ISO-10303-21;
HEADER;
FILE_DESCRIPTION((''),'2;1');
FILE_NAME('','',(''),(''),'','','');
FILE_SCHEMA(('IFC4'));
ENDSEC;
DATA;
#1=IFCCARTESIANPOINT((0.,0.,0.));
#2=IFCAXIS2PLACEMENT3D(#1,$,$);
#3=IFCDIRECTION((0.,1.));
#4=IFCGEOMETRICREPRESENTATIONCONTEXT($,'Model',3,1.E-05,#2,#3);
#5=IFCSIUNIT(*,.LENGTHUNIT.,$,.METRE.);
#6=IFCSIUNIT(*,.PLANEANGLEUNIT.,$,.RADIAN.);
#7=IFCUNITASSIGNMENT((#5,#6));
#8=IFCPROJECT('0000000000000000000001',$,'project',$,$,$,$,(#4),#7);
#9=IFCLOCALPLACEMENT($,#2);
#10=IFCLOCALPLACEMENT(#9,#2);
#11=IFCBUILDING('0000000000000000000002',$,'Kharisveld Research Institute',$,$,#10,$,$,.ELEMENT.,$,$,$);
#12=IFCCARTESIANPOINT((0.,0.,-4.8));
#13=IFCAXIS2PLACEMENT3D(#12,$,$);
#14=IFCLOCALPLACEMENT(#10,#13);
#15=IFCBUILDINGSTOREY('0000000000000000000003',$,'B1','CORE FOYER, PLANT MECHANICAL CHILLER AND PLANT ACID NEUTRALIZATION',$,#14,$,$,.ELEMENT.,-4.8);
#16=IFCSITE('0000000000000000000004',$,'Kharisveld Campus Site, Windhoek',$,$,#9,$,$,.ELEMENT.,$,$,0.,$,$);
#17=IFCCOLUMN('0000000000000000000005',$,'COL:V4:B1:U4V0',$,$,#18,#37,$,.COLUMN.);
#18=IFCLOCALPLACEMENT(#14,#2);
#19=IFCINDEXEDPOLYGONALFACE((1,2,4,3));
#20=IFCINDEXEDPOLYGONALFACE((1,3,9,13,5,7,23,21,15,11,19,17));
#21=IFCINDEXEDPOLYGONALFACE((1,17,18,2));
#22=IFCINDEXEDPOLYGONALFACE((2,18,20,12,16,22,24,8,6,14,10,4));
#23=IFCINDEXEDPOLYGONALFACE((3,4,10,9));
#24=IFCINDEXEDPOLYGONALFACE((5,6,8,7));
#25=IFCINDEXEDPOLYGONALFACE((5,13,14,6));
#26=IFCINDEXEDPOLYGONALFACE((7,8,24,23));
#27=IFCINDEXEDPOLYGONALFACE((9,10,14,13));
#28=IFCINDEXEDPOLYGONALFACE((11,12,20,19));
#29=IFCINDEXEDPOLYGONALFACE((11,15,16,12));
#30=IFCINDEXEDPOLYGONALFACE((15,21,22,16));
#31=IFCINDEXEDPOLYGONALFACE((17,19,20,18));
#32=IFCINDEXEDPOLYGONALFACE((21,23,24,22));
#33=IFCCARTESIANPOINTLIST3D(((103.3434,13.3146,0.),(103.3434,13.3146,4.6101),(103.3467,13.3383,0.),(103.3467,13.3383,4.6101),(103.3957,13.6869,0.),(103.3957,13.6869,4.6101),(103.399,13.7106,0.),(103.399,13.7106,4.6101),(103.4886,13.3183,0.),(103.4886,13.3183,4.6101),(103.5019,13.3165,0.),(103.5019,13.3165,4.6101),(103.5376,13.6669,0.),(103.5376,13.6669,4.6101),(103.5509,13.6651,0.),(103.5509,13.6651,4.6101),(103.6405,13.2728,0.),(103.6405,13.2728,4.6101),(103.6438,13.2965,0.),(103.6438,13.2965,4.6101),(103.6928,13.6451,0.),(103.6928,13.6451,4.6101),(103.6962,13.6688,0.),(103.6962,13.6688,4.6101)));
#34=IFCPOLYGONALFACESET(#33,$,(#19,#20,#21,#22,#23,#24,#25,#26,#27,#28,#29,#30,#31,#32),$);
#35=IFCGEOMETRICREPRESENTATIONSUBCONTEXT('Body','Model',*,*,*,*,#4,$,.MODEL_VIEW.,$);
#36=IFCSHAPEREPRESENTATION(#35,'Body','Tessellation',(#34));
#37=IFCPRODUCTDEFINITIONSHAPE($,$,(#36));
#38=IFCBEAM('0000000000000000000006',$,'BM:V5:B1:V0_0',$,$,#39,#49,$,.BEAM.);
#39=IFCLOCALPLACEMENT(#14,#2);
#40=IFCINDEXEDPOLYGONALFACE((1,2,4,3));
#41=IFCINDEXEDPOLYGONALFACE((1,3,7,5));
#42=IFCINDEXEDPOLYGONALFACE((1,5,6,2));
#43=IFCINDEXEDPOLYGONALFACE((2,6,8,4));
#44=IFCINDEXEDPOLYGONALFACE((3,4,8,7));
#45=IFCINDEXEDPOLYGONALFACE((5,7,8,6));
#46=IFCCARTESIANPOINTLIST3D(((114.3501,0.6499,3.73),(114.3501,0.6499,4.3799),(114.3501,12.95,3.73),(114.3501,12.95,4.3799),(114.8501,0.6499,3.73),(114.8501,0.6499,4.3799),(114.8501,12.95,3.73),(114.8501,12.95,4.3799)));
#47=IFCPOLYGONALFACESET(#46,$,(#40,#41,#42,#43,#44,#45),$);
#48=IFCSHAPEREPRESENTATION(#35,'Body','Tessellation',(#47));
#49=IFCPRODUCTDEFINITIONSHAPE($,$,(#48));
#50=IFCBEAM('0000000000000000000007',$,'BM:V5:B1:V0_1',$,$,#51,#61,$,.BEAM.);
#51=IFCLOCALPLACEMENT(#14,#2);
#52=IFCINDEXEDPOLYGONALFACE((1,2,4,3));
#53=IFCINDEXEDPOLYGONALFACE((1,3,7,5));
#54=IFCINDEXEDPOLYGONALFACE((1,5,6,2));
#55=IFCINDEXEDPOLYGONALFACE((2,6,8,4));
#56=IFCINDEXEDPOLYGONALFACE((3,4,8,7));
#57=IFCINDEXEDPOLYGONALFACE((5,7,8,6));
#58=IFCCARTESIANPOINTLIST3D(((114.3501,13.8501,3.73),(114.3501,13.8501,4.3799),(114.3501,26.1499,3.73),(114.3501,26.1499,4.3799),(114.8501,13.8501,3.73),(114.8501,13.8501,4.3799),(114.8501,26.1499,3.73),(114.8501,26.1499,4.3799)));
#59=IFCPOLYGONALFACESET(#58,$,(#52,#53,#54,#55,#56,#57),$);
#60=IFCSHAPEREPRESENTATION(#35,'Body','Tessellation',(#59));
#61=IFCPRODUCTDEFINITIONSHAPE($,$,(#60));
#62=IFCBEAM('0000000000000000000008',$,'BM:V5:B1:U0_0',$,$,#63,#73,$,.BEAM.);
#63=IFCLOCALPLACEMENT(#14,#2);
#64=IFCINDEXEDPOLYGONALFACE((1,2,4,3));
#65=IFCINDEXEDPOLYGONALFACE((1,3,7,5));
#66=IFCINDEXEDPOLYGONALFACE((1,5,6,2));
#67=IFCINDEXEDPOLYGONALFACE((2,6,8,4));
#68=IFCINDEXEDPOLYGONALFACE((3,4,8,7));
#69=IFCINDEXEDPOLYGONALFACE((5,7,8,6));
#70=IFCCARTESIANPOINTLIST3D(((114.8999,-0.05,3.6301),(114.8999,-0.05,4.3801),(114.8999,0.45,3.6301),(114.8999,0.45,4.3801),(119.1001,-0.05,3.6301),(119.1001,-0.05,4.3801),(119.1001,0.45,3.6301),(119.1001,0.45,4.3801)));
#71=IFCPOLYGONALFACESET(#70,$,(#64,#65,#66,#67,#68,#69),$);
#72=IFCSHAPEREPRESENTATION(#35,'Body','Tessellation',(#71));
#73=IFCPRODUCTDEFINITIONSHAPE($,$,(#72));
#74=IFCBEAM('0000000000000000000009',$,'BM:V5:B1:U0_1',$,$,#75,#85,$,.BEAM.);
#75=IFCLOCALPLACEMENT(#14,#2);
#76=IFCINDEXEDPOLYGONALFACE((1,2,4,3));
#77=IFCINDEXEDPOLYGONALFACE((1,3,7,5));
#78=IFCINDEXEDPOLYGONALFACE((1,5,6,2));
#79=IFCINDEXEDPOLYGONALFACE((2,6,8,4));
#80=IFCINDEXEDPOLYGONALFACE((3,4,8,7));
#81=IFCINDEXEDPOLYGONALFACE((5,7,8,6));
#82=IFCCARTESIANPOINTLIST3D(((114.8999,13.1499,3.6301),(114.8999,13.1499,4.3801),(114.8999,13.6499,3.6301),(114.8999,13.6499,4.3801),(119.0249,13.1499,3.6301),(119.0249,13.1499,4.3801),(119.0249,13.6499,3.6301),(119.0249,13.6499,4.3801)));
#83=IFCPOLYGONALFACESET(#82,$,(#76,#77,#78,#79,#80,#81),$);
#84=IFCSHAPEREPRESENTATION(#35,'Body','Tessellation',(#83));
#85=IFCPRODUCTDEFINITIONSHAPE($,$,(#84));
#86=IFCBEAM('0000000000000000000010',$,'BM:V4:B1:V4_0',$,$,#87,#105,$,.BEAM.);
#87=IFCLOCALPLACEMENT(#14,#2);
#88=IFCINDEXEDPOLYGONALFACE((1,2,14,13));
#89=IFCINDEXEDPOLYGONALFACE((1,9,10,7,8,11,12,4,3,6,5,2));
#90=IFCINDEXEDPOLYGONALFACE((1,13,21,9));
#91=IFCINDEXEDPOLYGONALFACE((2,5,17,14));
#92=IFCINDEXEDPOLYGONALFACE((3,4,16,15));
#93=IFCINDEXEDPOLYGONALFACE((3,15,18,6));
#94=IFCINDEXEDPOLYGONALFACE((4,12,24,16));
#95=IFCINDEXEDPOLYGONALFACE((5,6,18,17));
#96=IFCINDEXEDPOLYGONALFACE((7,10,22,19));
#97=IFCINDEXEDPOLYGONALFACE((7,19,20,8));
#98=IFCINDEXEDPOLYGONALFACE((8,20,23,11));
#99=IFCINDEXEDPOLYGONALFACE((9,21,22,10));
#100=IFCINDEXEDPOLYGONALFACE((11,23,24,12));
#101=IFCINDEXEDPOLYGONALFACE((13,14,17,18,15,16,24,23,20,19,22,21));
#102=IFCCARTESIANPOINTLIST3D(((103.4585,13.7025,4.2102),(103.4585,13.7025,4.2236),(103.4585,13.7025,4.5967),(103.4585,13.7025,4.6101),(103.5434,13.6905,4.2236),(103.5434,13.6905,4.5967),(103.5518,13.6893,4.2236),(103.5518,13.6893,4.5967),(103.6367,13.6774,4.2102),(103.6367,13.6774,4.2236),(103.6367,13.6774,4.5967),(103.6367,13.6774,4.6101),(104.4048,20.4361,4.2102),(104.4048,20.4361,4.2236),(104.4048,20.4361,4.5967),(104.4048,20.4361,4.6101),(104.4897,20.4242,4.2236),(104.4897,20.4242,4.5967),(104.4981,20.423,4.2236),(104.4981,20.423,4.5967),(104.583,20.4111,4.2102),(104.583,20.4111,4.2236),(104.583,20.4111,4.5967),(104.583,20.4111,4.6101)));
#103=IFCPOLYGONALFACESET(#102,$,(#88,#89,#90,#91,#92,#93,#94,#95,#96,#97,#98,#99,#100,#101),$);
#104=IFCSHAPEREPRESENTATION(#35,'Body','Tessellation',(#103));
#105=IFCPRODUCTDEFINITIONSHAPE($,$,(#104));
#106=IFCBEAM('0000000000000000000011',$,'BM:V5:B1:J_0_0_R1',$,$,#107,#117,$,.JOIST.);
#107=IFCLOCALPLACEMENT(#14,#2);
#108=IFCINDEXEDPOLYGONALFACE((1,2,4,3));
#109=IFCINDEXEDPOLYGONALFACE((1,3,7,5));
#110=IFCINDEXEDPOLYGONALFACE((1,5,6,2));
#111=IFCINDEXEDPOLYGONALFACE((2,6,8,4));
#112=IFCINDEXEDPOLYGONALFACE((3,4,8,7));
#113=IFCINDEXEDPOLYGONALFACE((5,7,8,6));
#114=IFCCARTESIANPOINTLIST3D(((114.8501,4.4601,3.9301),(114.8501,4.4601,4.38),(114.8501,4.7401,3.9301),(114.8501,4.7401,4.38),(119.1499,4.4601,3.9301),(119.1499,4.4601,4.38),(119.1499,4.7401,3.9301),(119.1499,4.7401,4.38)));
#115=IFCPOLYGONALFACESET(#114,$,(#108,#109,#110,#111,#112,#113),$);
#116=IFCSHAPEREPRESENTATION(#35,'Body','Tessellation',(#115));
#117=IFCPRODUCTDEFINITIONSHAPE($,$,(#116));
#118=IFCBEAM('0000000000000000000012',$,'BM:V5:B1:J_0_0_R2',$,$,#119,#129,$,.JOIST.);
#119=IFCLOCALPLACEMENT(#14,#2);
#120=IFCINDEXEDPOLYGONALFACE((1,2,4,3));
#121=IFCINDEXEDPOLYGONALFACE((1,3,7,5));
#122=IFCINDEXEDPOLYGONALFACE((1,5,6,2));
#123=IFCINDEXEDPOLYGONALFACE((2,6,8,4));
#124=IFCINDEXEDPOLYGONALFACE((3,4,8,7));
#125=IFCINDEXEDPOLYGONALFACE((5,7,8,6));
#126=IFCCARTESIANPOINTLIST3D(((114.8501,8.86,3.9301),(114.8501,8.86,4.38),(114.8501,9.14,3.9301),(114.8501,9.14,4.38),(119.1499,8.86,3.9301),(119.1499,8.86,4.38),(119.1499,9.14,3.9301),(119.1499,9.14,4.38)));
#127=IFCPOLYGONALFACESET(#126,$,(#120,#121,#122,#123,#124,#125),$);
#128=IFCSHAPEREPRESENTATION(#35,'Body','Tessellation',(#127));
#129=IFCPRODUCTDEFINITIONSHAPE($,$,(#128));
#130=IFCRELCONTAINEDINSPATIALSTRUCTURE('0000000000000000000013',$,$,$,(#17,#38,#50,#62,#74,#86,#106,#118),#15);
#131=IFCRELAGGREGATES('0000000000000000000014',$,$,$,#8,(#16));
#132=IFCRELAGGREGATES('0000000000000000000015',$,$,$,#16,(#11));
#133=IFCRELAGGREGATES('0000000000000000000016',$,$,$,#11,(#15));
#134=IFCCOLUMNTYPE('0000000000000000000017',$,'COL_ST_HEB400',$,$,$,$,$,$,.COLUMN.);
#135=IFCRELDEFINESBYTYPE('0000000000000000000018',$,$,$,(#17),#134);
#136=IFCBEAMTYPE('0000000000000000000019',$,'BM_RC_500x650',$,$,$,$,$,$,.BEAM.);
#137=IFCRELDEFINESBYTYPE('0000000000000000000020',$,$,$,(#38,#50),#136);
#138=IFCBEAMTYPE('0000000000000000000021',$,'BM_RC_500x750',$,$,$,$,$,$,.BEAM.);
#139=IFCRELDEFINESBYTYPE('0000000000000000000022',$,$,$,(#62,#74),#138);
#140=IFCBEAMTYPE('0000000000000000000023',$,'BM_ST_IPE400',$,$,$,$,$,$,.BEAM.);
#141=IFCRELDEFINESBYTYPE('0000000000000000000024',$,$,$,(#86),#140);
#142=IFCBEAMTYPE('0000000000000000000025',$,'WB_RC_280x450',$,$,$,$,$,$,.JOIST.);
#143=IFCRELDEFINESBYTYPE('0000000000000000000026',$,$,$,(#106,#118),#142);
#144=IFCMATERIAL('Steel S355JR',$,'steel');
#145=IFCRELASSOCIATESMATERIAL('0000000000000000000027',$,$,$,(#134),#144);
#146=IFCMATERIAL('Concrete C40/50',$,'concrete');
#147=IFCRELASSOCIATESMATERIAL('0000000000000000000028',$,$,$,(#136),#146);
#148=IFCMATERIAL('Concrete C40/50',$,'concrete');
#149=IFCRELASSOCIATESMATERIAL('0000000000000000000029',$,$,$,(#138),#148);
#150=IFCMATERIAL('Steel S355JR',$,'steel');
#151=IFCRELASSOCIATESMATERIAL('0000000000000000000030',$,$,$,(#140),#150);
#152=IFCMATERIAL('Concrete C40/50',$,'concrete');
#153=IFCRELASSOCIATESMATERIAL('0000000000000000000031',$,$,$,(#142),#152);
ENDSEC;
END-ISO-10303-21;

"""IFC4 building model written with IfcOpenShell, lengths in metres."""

from ifc_helpers import new_model, si_unit, direction, frame, origin, origin_2d, place, context, subcontext, project, spatial, rectangle, i_section, extrude, material, material_profile, profile_set, type_object, element, save


model = new_model("IFC4")

# Units and contexts
model_context = context("Model", 3, precision=1e-05, world=origin(), true_north=direction((0.0, 1.0)))
body_context = subcontext(model_context, "Body", "Model", "MODEL_VIEW")
ifc_project = project(units=[si_unit("LENGTHUNIT", "METRE"), si_unit("PLANEANGLEUNIT", "RADIAN")], contexts=[model_context])

# Site, building, storey
site_placement = place(None, origin())
site = spatial("IfcSite", under=ifc_project, at=site_placement, Name="Kharisveld Campus Site, Windhoek", CompositionType="ELEMENT", RefElevation=0.0)
building_placement = place(site_placement, origin())
building = spatial("IfcBuilding", under=site, at=building_placement, Name="Kharisveld Research Institute", CompositionType="ELEMENT")
storey_placement = place(building_placement, frame((0.0, 0.0, -4.8)))
storey = spatial("IfcBuildingStorey", under=building, at=storey_placement, Name="B1", Description="CORE FOYER, PLANT MECHANICAL CHILLER AND PLANT ACID NEUTRALIZATION", CompositionType="ELEMENT", Elevation=-4.8)

# Column
ifc_material_1 = material(Name="Steel S355JR", Category="steel")
ifc_material_profile_1 = material_profile(ifc_material_1, i_section(OverallWidth=0.3, OverallDepth=0.3999, WebThickness=0.0134, FlangeThickness=0.0239, at=origin_2d()))
ifc_profile_set_1 = profile_set([ifc_material_profile_1], Name="Steel S355JR")
column_type_1 = type_object("IfcColumnType", Name="COL_ST_HEB400", PredefinedType="COLUMN", material=ifc_profile_set_1)
column_placement = place(storey_placement, frame((103.5198, 13.4917, 0.0), z_axis=(0.0, 0.0, 1.0), x_axis=(0.990268, -0.139173, 0.0)))
element("IfcColumn", 1, at=column_placement, inside=storey, type_object=column_type_1, Name="COL:V4:B1:U4V0", PredefinedType="COLUMN", context=body_context, shape_type="SweptSolid", body=[
    extrude(i_section(OverallWidth=0.3, OverallDepth=0.3999, WebThickness=0.0134, FlangeThickness=0.0239, at=origin_2d()), origin(), (0.0, 0.0, 1.0), 4.6101),
])

# Beams
ifc_material_2 = material(Name="Concrete C40/50", Category="concrete")
ifc_material_profile_2 = material_profile(ifc_material_2, rectangle(XDim=0.5, YDim=0.6499, at=origin_2d()))
ifc_profile_set_2 = profile_set([ifc_material_profile_2], Name="Concrete C40/50")
beam_type_1 = type_object("IfcBeamType", Name="BM_RC_500x650", PredefinedType="BEAM", material=ifc_profile_set_2)
beam_1_placement = place(storey_placement, frame((114.6001, 0.6499, 4.0549), z_axis=(0.0, 1.0, 0.0), x_axis=(-1.0, 0.0, 0.0)))
element("IfcBeam", 2, at=beam_1_placement, inside=storey, type_object=beam_type_1, Name="BM:V5:B1:V0_0", PredefinedType="BEAM", context=body_context, shape_type="SweptSolid", body=[
    extrude(rectangle(XDim=0.5, YDim=0.6499, at=origin_2d()), origin(), (0.0, 0.0, 1.0), 12.3),
])
beam_2_placement = place(storey_placement, frame((114.6001, 13.8501, 4.0549), z_axis=(0.0, 1.0, 0.0), x_axis=(-1.0, 0.0, 0.0)))
element("IfcBeam", 3, at=beam_2_placement, inside=storey, type_object=beam_type_1, Name="BM:V5:B1:V0_1", PredefinedType="BEAM", context=body_context, shape_type="SweptSolid", body=[
    extrude(rectangle(XDim=0.5, YDim=0.6499, at=origin_2d()), origin(), (0.0, 0.0, 1.0), 12.2998),
])
ifc_material_3 = material(Name="Concrete C40/50", Category="concrete")
ifc_material_profile_3 = material_profile(ifc_material_3, rectangle(XDim=0.5, YDim=0.75, at=origin_2d()))
ifc_profile_set_3 = profile_set([ifc_material_profile_3], Name="Concrete C40/50")
beam_type_2 = type_object("IfcBeamType", Name="BM_RC_500x750", PredefinedType="BEAM", material=ifc_profile_set_3)
beam_3_placement = place(storey_placement, frame((114.8999, 0.2, 4.0051), z_axis=(1.0, 0.0, 0.0), x_axis=(0.0, 1.0, 0.0)))
element("IfcBeam", 4, at=beam_3_placement, inside=storey, type_object=beam_type_2, Name="BM:V5:B1:U0_0", PredefinedType="BEAM", context=body_context, shape_type="SweptSolid", body=[
    extrude(rectangle(XDim=0.5, YDim=0.75, at=origin_2d()), origin(), (0.0, 0.0, 1.0), 4.2002),
])
beam_4_placement = place(storey_placement, frame((114.8999, 13.3999, 4.0051), z_axis=(1.0, 0.0, 0.0), x_axis=(0.0, 1.0, 0.0)))
element("IfcBeam", 5, at=beam_4_placement, inside=storey, type_object=beam_type_2, Name="BM:V5:B1:U0_1", PredefinedType="BEAM", context=body_context, shape_type="SweptSolid", body=[
    extrude(rectangle(XDim=0.5, YDim=0.75, at=origin_2d()), origin(), (0.0, 0.0, 1.0), 4.125),
])
ifc_material_4 = material(Name="Steel S355JR", Category="steel")
ifc_material_profile_4 = material_profile(ifc_material_4, i_section(OverallWidth=0.1799, OverallDepth=0.3999, WebThickness=0.0085, FlangeThickness=0.0134, at=origin_2d()))
ifc_profile_set_4 = profile_set([ifc_material_profile_4], Name="Steel S355JR")
beam_type_3 = type_object("IfcBeamType", Name="BM_ST_IPE400", PredefinedType="BEAM", material=ifc_profile_set_4)
beam_5_placement = place(storey_placement, frame((103.5476, 13.6899, 4.4102), z_axis=(0.139164, 0.990269, 0.0), x_axis=(-0.990269, 0.139164, 0.0)))
element("IfcBeam", 6, at=beam_5_placement, inside=storey, type_object=beam_type_3, Name="BM:V4:B1:V4_0", PredefinedType="BEAM", context=body_context, shape_type="SweptSolid", body=[
    extrude(i_section(OverallWidth=0.1799, OverallDepth=0.3999, WebThickness=0.0085, FlangeThickness=0.0134, at=origin_2d()), origin(), (0.0, 0.0, 1.0), 6.7998),
])
ifc_material_5 = material(Name="Concrete C40/50", Category="concrete")
ifc_material_profile_5 = material_profile(ifc_material_5, rectangle(XDim=0.28, YDim=0.45, at=origin_2d()))
ifc_profile_set_5 = profile_set([ifc_material_profile_5], Name="Concrete C40/50")
beam_type_4 = type_object("IfcBeamType", Name="WB_RC_280x450", PredefinedType="JOIST", material=ifc_profile_set_5)
for number, where, z_axis, x_axis, name in (
    (7, (114.8501, 4.6001, 4.155), (1.0, 0.0, 0.0), (0.0, 1.0, 0.0), "BM:V5:B1:J_0_0_R1"),
    (8, (114.8501, 9.0, 4.155), (1.0, 0.0, 0.0), (0.0, 1.0, 0.0), "BM:V5:B1:J_0_0_R2"),
):
    element("IfcBeam", number, at=place(storey_placement, frame(where, z_axis=z_axis, x_axis=x_axis)), inside=storey, type_object=beam_type_4, Name=name, PredefinedType="JOIST", context=body_context, shape_type="SweptSolid", body=[
        extrude(rectangle(XDim=0.28, YDim=0.45, at=origin_2d()), origin(), (0.0, 0.0, 1.0), 4.2998),
    ])

save(model, "model.ifc")
